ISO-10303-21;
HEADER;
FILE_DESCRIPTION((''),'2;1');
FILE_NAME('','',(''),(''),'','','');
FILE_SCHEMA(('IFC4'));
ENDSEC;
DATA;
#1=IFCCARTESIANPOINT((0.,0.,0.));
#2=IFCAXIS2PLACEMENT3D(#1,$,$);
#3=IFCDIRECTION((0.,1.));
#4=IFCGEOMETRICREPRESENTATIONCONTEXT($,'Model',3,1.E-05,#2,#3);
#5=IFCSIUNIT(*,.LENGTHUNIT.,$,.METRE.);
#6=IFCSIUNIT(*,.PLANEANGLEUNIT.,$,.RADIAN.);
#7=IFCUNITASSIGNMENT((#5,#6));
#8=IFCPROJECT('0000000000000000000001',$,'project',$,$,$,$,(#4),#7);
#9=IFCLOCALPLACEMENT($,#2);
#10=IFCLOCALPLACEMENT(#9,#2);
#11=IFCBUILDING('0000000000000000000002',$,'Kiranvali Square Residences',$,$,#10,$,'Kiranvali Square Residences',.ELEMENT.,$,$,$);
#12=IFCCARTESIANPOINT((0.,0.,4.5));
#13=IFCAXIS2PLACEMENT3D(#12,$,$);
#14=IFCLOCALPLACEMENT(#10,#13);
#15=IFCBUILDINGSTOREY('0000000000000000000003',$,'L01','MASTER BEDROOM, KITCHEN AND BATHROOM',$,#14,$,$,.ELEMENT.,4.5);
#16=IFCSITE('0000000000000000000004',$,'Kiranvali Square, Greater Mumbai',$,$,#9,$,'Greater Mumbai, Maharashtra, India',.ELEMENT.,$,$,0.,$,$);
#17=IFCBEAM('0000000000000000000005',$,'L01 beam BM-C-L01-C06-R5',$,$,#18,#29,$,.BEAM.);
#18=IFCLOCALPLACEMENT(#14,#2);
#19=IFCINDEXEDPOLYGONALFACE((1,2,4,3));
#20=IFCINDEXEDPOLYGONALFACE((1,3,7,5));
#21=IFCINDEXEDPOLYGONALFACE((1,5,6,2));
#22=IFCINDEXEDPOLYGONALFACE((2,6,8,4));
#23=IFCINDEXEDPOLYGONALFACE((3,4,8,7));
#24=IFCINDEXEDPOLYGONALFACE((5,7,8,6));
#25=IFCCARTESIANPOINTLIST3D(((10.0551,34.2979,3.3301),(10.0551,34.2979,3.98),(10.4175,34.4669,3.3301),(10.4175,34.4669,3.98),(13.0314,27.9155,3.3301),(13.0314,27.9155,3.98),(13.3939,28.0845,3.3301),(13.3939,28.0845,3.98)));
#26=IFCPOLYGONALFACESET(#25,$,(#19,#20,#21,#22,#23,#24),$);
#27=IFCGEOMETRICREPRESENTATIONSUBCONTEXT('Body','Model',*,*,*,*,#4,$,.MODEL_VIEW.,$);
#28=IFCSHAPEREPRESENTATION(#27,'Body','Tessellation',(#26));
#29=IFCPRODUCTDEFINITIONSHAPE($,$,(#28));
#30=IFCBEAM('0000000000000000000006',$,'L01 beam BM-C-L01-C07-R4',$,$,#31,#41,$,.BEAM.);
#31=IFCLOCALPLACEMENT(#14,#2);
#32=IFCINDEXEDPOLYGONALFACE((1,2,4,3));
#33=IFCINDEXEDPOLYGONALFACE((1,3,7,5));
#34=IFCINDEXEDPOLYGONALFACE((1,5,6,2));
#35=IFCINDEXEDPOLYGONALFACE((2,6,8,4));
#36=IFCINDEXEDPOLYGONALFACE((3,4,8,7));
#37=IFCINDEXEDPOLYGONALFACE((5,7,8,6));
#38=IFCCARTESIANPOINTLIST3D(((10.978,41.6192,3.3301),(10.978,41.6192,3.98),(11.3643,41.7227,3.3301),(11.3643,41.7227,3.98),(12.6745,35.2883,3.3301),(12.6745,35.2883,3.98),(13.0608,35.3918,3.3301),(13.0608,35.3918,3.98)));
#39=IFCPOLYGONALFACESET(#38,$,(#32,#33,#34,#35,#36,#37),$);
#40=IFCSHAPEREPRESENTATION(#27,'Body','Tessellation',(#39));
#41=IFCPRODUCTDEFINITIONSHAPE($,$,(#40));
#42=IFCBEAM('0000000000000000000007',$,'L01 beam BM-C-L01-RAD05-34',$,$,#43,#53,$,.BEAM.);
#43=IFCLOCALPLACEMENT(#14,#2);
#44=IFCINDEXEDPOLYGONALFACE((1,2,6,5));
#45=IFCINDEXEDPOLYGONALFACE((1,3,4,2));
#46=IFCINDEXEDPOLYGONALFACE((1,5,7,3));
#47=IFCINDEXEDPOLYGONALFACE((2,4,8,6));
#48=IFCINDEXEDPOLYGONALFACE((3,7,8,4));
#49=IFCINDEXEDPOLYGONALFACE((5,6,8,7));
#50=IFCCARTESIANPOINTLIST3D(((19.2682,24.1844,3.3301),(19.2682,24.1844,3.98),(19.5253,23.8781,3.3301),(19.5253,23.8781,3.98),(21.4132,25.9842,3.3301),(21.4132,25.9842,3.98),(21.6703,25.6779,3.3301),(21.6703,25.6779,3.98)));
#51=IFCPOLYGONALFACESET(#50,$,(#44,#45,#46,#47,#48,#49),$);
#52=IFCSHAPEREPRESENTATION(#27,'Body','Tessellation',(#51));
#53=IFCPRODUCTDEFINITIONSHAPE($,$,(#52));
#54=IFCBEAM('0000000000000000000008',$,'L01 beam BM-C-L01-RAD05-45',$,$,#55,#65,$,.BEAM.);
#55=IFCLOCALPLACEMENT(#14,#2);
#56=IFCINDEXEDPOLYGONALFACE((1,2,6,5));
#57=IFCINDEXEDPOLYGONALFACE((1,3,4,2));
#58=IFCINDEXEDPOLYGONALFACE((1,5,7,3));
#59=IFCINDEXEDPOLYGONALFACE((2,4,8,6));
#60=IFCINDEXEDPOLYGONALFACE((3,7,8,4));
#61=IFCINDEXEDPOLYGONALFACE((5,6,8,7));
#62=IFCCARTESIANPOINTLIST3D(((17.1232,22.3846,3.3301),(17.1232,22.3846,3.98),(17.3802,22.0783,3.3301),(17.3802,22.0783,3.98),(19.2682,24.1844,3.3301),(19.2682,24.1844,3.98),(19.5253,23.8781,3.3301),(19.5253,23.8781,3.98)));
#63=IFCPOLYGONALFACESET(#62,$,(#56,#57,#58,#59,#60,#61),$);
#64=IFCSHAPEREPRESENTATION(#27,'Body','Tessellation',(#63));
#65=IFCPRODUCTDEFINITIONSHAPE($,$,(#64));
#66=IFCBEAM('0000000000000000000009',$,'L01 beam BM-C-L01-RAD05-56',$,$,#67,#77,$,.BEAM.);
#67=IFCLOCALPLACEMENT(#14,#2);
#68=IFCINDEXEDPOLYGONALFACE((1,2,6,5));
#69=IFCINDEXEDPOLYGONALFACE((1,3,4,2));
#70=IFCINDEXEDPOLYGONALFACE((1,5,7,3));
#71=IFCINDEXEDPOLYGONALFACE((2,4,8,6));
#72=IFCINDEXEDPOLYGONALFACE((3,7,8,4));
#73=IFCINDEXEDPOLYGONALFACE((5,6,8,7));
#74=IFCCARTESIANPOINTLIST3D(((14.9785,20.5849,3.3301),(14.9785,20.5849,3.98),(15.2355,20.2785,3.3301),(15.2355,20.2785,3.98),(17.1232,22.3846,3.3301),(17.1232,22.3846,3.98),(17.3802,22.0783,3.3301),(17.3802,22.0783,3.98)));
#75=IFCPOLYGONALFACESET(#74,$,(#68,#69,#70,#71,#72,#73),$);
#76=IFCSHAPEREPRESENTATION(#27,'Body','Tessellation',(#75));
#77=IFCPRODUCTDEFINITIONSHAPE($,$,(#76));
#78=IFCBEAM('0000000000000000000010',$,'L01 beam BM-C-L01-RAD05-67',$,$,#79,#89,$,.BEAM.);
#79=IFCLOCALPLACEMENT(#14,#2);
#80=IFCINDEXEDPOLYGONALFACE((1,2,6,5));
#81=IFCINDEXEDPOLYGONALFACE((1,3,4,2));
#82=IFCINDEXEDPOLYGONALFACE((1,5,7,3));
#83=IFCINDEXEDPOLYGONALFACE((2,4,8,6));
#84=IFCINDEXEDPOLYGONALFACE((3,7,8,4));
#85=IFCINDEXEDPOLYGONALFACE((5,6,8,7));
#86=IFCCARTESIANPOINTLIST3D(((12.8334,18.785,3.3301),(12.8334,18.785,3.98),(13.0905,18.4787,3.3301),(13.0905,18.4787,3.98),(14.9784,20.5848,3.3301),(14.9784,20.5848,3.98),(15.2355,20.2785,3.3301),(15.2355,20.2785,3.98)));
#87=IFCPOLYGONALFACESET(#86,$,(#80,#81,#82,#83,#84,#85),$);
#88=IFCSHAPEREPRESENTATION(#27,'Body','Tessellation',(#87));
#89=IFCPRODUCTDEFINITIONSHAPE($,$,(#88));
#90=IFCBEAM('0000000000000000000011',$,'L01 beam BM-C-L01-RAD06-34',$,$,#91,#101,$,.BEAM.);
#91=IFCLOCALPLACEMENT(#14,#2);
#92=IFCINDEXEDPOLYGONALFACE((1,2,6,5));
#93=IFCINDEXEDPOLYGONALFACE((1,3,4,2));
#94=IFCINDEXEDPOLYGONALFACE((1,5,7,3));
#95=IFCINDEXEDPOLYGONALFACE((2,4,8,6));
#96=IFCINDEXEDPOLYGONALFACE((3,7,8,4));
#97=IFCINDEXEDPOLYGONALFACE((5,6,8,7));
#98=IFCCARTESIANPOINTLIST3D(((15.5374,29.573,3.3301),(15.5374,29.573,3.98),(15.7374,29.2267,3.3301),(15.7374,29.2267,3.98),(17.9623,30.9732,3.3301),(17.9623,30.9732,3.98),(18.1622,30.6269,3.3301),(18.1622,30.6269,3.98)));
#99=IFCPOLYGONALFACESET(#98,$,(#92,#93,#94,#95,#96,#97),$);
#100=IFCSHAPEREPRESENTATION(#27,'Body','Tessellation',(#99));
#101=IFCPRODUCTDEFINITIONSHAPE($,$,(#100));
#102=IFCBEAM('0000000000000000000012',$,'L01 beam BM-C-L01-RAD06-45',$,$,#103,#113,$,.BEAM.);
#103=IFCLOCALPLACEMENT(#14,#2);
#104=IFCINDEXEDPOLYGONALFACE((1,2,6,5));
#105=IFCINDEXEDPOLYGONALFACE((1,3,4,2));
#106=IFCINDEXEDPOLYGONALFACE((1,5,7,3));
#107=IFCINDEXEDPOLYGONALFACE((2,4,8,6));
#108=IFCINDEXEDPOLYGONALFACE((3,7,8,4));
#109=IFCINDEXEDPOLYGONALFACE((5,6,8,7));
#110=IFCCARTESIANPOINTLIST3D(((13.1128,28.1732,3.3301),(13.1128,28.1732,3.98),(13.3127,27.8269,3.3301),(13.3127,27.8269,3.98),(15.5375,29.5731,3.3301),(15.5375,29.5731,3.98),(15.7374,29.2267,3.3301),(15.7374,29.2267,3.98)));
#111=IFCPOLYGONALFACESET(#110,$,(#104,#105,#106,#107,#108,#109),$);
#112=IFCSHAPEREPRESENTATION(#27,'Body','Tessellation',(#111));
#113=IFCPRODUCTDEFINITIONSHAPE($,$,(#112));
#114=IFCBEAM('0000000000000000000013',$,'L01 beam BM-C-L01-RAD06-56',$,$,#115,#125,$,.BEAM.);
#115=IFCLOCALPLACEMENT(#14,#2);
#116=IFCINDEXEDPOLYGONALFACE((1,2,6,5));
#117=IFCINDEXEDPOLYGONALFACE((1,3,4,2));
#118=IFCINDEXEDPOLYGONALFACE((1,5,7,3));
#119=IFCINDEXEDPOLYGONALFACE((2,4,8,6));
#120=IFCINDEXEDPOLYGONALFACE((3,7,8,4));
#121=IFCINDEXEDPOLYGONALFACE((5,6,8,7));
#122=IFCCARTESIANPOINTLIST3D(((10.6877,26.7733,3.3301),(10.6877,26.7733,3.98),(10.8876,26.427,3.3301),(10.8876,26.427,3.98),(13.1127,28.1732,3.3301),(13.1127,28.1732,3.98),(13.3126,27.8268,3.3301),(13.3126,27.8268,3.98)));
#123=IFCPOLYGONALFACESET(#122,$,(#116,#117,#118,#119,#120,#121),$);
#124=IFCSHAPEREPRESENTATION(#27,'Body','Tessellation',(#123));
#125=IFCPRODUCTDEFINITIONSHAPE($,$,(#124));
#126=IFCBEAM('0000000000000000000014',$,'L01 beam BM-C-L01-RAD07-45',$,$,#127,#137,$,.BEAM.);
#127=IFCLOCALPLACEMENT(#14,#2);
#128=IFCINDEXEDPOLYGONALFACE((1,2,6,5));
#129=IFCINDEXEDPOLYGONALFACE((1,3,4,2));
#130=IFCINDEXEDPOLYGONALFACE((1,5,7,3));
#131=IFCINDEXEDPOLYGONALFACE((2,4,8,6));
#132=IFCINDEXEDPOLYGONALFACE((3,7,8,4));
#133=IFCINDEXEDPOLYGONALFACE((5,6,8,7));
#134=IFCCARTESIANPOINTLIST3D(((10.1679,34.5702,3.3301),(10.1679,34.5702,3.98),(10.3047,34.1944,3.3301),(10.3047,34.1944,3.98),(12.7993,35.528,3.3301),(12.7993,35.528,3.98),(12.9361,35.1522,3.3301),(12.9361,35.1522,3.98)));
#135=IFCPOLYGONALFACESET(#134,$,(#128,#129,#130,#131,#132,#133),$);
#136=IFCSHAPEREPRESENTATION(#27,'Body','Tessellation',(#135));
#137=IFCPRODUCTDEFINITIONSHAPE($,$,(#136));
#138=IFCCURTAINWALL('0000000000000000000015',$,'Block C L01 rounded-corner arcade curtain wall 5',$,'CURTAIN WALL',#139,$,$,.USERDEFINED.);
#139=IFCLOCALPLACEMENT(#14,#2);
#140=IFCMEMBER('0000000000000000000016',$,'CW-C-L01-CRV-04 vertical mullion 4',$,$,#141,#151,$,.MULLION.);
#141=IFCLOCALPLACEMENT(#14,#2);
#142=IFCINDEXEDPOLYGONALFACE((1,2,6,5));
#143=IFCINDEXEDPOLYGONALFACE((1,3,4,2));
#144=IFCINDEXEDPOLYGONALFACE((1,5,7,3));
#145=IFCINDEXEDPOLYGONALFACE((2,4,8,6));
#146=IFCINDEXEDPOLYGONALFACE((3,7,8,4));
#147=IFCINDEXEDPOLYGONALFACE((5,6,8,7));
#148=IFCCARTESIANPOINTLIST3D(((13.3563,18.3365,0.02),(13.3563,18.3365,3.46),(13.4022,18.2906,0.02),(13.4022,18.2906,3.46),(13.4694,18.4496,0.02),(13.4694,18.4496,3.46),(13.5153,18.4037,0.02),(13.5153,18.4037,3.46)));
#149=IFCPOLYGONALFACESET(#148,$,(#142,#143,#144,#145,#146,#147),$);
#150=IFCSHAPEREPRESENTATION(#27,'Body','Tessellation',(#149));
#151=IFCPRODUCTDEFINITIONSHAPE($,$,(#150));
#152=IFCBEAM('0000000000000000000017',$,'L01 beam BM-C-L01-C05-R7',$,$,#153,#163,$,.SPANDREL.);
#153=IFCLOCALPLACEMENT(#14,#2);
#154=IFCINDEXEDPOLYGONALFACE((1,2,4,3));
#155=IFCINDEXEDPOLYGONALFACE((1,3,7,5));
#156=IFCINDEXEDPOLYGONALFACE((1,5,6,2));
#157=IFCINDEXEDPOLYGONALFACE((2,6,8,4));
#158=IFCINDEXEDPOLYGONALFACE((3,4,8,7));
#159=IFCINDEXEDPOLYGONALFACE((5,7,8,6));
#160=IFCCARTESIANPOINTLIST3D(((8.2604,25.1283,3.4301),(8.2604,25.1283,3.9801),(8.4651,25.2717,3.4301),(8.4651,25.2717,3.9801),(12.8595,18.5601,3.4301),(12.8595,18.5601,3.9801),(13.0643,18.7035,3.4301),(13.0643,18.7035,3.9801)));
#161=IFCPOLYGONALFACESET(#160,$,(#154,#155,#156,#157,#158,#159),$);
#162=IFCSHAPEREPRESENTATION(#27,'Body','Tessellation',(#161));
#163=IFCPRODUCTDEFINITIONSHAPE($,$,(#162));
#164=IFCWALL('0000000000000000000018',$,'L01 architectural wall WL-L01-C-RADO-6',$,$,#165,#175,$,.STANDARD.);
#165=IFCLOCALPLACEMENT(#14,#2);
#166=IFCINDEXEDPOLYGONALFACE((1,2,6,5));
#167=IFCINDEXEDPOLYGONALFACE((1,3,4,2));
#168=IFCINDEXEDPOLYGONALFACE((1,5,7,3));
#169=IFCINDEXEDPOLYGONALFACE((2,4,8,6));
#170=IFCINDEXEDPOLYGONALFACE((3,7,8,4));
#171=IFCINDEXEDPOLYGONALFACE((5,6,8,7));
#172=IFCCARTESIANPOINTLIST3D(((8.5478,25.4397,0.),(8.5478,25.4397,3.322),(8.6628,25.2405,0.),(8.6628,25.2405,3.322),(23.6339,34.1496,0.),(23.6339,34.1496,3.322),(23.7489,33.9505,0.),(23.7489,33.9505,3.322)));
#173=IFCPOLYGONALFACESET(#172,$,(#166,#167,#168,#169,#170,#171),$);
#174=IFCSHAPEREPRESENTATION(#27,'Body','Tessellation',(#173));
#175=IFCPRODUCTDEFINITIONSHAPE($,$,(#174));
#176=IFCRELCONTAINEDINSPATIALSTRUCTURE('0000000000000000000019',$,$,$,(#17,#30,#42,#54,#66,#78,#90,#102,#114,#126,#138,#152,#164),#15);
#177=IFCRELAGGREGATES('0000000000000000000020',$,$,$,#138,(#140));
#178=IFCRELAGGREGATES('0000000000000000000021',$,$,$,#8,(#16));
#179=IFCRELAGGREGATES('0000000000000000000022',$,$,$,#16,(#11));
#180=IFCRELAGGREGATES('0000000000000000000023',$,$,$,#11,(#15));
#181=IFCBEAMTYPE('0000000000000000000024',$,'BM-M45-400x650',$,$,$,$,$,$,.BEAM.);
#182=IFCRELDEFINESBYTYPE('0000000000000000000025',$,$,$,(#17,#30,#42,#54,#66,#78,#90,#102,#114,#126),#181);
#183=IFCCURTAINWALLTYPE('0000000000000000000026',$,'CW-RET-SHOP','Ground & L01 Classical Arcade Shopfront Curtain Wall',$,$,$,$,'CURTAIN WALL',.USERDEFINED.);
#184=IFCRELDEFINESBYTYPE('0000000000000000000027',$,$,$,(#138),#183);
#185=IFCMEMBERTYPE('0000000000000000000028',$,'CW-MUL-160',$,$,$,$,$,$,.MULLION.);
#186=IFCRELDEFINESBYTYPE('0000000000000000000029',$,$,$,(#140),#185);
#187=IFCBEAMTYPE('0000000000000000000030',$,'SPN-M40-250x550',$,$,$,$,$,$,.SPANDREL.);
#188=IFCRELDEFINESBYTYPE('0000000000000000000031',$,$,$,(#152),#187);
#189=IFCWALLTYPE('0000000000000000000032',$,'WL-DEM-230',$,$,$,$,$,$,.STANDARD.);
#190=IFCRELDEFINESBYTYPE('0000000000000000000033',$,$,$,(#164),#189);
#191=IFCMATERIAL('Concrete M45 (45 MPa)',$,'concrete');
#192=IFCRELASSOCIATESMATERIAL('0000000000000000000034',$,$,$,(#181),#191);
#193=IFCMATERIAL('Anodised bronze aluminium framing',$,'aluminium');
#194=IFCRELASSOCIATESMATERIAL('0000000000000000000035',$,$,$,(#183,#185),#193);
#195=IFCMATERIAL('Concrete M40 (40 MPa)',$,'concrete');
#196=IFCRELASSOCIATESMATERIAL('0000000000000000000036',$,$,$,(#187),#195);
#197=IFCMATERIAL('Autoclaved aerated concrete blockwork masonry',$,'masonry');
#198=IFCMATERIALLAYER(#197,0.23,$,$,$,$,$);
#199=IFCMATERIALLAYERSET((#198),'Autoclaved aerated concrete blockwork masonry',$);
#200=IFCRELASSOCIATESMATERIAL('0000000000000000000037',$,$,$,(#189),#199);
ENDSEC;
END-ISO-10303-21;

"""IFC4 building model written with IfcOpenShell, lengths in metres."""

from ifc_helpers import new_model, si_unit, direction, frame, frame_2d, origin, origin_2d, place, context, subcontext, project, spatial, rectangle, extrude, material, layer, layer_set, material_profile, profile_set, type_object, element, aggregate, save


model = new_model("IFC4")

# Units and contexts
model_context = context("Model", 3, precision=1e-05, world=origin(), true_north=direction((0.0, 1.0)))
body_context = subcontext(model_context, "Body", "Model", "MODEL_VIEW")
ifc_project = project(units=[si_unit("LENGTHUNIT", "METRE"), si_unit("PLANEANGLEUNIT", "RADIAN")], contexts=[model_context])

# Site, building, storey
site_placement = place(None, origin())
site = spatial("IfcSite", under=ifc_project, at=site_placement, Name="Kiranvali Square, Greater Mumbai", LongName="Greater Mumbai, Maharashtra, India", CompositionType="ELEMENT", RefElevation=0.0)
building_placement = place(site_placement, origin())
building = spatial("IfcBuilding", under=site, at=building_placement, Name="Kiranvali Square Residences", LongName="Kiranvali Square Residences", CompositionType="ELEMENT")
storey_placement = place(building_placement, frame((0.0, 0.0, 4.5)))
storey = spatial("IfcBuildingStorey", under=building, at=storey_placement, Name="L01", Description="MASTER BEDROOM, KITCHEN AND BATHROOM", CompositionType="ELEMENT", Elevation=4.5)

# Beams
ifc_material_1 = material(Name="Concrete M40 (40 MPa)", Category="concrete")
ifc_material_2 = material(Name="Concrete M45 (45 MPa)", Category="concrete")
ifc_material_profile_1 = material_profile(ifc_material_2, rectangle(XDim=0.3999, YDim=0.6499, at=origin_2d()), Name="RC 400x650")
ifc_profile_set_1 = profile_set([ifc_material_profile_1], Name="Concrete M45 (45 MPa)")
beam_type_1 = type_object("IfcBeamType", Name="BM-M45-400x650", PredefinedType="BEAM", material=ifc_profile_set_1)
beam_1_placement = place(storey_placement, frame((13.2126, 28.0, 3.655), z_axis=(-0.422641, 0.906297, 0.0), x_axis=(-0.906297, -0.422641, 0.0)))
element("IfcBeam", 1, at=beam_1_placement, inside=storey, type_object=beam_type_1, Name="L01 beam BM-C-L01-C06-R5", PredefinedType="BEAM", context=body_context, shape_type="SweptSolid", body=[
    extrude(rectangle(XDim=0.3999, YDim=0.6499, at=origin_2d()), origin(), (0.0, 0.0, 1.0), 7.0422),
])
beam_2_placement = place(storey_placement, frame((12.8677, 35.3401, 3.655), z_axis=(-0.258847, 0.965918, 0.0), x_axis=(-0.965918, -0.258847, 0.0)))
element("IfcBeam", 2, at=beam_2_placement, inside=storey, type_object=beam_type_1, Name="L01 beam BM-C-L01-C07-R4", PredefinedType="BEAM", context=body_context, shape_type="SweptSolid", body=[
    extrude(rectangle(XDim=0.3999, YDim=0.6499, at=origin_2d()), origin(), (0.0, 0.0, 1.0), 6.5542),
])
for number, where, z_axis, x_axis, name in (
    (3, (21.5417, 25.8311, 3.655), (-0.766059, -0.642771, 0.0), (0.642771, -0.766059, 0.0), "L01 beam BM-C-L01-RAD05-34"),
    (4, (19.3967, 24.0312, 3.655), (-0.766059, -0.642771, 0.0), (0.642771, -0.766059, 0.0), "L01 beam BM-C-L01-RAD05-45"),
):
    element("IfcBeam", number, at=place(storey_placement, frame(where, z_axis=z_axis, x_axis=x_axis)), inside=storey, type_object=beam_type_1, Name=name, PredefinedType="BEAM", context=body_context, shape_type="SweptSolid", body=[
        extrude(rectangle(XDim=0.3999, YDim=0.6499, at=origin_2d()), origin(), (0.0, 0.0, 1.0), 2.8),
    ])
beam_3_placement = place(storey_placement, frame((17.2517, 22.2314, 3.655), z_axis=(-0.766023, -0.642814, 0.0), x_axis=(0.642814, -0.766023, 0.0)))
element("IfcBeam", 5, at=beam_3_placement, inside=storey, type_object=beam_type_1, Name="L01 beam BM-C-L01-RAD05-56", PredefinedType="BEAM", context=body_context, shape_type="SweptSolid", body=[
    extrude(rectangle(XDim=0.3999, YDim=0.6499, at=origin_2d()), origin(), (0.0, 0.0, 1.0), 2.7998),
])
for number, where, z_axis, x_axis, name in (
    (6, (15.1069, 20.4316, 3.655), (-0.766059, -0.642771, 0.0), (0.642771, -0.766059, 0.0), "L01 beam BM-C-L01-RAD05-67"),
    (7, (18.0623, 30.8, 3.655), (-0.865997, -0.50005, 0.0), (0.50005, -0.865997, 0.0), "L01 beam BM-C-L01-RAD06-34"),
):
    element("IfcBeam", number, at=place(storey_placement, frame(where, z_axis=z_axis, x_axis=x_axis)), inside=storey, type_object=beam_type_1, Name=name, PredefinedType="BEAM", context=body_context, shape_type="SweptSolid", body=[
        extrude(rectangle(XDim=0.3999, YDim=0.6499, at=origin_2d()), origin(), (0.0, 0.0, 1.0), 2.8),
    ])
beam_4_placement = place(storey_placement, frame((15.6375, 29.3999, 3.655), z_axis=(-0.866035, -0.499984, 0.0), x_axis=(0.499984, -0.866035, 0.0)))
element("IfcBeam", 8, at=beam_4_placement, inside=storey, type_object=beam_type_1, Name="L01 beam BM-C-L01-RAD06-45", PredefinedType="BEAM", context=body_context, shape_type="SweptSolid", body=[
    extrude(rectangle(XDim=0.3999, YDim=0.6499, at=origin_2d()), origin(), (0.0, 0.0, 1.0), 2.7998),
])
beam_5_placement = place(storey_placement, frame((13.2126, 28.0, 3.655), z_axis=(-0.866056, -0.499946, 0.0), x_axis=(0.499946, -0.866056, 0.0)))
element("IfcBeam", 9, at=beam_5_placement, inside=storey, type_object=beam_type_1, Name="L01 beam BM-C-L01-RAD06-56", PredefinedType="BEAM", context=body_context, shape_type="SweptSolid", body=[
    extrude(rectangle(XDim=0.3999, YDim=0.6499, at=origin_2d()), origin(), (0.0, 0.0, 1.0), 2.8),
])
beam_6_placement = place(storey_placement, frame((12.8677, 35.3401, 3.655), z_axis=(-0.939689, -0.34203, 0.0), x_axis=(0.34203, -0.939689, 0.0)))
element("IfcBeam", 10, at=beam_6_placement, inside=storey, type_object=beam_type_1, Name="L01 beam BM-C-L01-RAD07-45", PredefinedType="BEAM", context=body_context, shape_type="SweptSolid", body=[
    extrude(rectangle(XDim=0.3999, YDim=0.6499, at=origin_2d()), origin(), (0.0, 0.0, 1.0), 2.8003),
])

# Curtain wall, member
ifc_material_3 = material(Name="Anodised bronze aluminium framing", Category="aluminium")
curtain_wall_type = type_object("IfcCurtainWallType", Name="CW-RET-SHOP", Description="Ground & L01 Classical Arcade Shopfront Curtain Wall", ElementType="CURTAIN WALL", PredefinedType="USERDEFINED", material=ifc_material_3)
curtain_wall_placement = place(storey_placement, origin())
curtain_wall = element("IfcCurtainWall", 11, at=curtain_wall_placement, inside=storey, type_object=curtain_wall_type, Name="Block C L01 rounded-corner arcade curtain wall 5", ObjectType="CURTAIN WALL", PredefinedType="USERDEFINED")
ifc_material_profile_2 = material_profile(ifc_material_3, rectangle(XDim=0.0649, YDim=0.1599, at=origin_2d()), Name="ALU 65x160")
ifc_profile_set_2 = profile_set([ifc_material_profile_2], Name="Anodised bronze aluminium framing")
member_type = type_object("IfcMemberType", Name="CW-MUL-160", PredefinedType="MULLION", material=ifc_profile_set_2)
member_placement = place(storey_placement, frame((13.4358, 18.3701, 0.02), z_axis=(0.0, 0.0, 1.0), x_axis=(-0.707107, 0.707107, 0.0)))
member = element("IfcMember", 12, at=member_placement, type_object=member_type, Name="CW-C-L01-CRV-04 vertical mullion 4", PredefinedType="MULLION", context=body_context, shape_type="SweptSolid", body=[
    extrude(rectangle(XDim=0.0649, YDim=0.1599, at=origin_2d()), origin(), (0.0, 0.0, 1.0), 3.4399),
])
aggregate(curtain_wall, [member])

# Beam
ifc_material_profile_3 = material_profile(ifc_material_1, rectangle(XDim=0.25, YDim=0.55, at=origin_2d()), Name="RC 250x550")
ifc_profile_set_3 = profile_set([ifc_material_profile_3], Name="Concrete M40 (40 MPa)")
beam_type_2 = type_object("IfcBeamType", Name="SPN-M40-250x550", PredefinedType="SPANDREL", material=ifc_profile_set_3)
beam_7_placement = place(storey_placement, frame((12.9619, 18.6318, 3.7051), z_axis=(-0.573583, 0.819148, 0.0), x_axis=(-0.819148, -0.573583, 0.0)))
element("IfcBeam", 13, at=beam_7_placement, inside=storey, type_object=beam_type_2, Name="L01 beam BM-C-L01-C05-R7", PredefinedType="SPANDREL", context=body_context, shape_type="SweptSolid", body=[
    extrude(rectangle(XDim=0.25, YDim=0.55, at=origin_2d()), origin(), (0.0, 0.0, 1.0), 8.0183),
])

# Wall
ifc_material_4 = material(Name="Autoclaved aerated concrete blockwork masonry", Category="masonry")
ifc_layer = layer(ifc_material_4, 0.23)
ifc_layer_set = layer_set([ifc_layer], Name="Autoclaved aerated concrete blockwork masonry")
wall_type = type_object("IfcWallType", Name="WL-DEM-230", PredefinedType="STANDARD", material=ifc_layer_set)
wall_placement = place(storey_placement, frame((23.6914, 34.05, 0.0), z_axis=(0.0, 0.0, 1.0), x_axis=(-0.866027, -0.499998, 0.0)))
element("IfcWall", 14, at=wall_placement, inside=storey, type_object=wall_type, Name="L01 architectural wall WL-L01-C-RADO-6", PredefinedType="STANDARD", context=body_context, shape_type="SweptSolid", body=[
    extrude(rectangle(XDim=17.4199, YDim=0.23, at=frame_2d((8.71, 0.0))), origin(), (0.0, 0.0, 1.0), 3.322),
])

save(model, "model.ifc")
